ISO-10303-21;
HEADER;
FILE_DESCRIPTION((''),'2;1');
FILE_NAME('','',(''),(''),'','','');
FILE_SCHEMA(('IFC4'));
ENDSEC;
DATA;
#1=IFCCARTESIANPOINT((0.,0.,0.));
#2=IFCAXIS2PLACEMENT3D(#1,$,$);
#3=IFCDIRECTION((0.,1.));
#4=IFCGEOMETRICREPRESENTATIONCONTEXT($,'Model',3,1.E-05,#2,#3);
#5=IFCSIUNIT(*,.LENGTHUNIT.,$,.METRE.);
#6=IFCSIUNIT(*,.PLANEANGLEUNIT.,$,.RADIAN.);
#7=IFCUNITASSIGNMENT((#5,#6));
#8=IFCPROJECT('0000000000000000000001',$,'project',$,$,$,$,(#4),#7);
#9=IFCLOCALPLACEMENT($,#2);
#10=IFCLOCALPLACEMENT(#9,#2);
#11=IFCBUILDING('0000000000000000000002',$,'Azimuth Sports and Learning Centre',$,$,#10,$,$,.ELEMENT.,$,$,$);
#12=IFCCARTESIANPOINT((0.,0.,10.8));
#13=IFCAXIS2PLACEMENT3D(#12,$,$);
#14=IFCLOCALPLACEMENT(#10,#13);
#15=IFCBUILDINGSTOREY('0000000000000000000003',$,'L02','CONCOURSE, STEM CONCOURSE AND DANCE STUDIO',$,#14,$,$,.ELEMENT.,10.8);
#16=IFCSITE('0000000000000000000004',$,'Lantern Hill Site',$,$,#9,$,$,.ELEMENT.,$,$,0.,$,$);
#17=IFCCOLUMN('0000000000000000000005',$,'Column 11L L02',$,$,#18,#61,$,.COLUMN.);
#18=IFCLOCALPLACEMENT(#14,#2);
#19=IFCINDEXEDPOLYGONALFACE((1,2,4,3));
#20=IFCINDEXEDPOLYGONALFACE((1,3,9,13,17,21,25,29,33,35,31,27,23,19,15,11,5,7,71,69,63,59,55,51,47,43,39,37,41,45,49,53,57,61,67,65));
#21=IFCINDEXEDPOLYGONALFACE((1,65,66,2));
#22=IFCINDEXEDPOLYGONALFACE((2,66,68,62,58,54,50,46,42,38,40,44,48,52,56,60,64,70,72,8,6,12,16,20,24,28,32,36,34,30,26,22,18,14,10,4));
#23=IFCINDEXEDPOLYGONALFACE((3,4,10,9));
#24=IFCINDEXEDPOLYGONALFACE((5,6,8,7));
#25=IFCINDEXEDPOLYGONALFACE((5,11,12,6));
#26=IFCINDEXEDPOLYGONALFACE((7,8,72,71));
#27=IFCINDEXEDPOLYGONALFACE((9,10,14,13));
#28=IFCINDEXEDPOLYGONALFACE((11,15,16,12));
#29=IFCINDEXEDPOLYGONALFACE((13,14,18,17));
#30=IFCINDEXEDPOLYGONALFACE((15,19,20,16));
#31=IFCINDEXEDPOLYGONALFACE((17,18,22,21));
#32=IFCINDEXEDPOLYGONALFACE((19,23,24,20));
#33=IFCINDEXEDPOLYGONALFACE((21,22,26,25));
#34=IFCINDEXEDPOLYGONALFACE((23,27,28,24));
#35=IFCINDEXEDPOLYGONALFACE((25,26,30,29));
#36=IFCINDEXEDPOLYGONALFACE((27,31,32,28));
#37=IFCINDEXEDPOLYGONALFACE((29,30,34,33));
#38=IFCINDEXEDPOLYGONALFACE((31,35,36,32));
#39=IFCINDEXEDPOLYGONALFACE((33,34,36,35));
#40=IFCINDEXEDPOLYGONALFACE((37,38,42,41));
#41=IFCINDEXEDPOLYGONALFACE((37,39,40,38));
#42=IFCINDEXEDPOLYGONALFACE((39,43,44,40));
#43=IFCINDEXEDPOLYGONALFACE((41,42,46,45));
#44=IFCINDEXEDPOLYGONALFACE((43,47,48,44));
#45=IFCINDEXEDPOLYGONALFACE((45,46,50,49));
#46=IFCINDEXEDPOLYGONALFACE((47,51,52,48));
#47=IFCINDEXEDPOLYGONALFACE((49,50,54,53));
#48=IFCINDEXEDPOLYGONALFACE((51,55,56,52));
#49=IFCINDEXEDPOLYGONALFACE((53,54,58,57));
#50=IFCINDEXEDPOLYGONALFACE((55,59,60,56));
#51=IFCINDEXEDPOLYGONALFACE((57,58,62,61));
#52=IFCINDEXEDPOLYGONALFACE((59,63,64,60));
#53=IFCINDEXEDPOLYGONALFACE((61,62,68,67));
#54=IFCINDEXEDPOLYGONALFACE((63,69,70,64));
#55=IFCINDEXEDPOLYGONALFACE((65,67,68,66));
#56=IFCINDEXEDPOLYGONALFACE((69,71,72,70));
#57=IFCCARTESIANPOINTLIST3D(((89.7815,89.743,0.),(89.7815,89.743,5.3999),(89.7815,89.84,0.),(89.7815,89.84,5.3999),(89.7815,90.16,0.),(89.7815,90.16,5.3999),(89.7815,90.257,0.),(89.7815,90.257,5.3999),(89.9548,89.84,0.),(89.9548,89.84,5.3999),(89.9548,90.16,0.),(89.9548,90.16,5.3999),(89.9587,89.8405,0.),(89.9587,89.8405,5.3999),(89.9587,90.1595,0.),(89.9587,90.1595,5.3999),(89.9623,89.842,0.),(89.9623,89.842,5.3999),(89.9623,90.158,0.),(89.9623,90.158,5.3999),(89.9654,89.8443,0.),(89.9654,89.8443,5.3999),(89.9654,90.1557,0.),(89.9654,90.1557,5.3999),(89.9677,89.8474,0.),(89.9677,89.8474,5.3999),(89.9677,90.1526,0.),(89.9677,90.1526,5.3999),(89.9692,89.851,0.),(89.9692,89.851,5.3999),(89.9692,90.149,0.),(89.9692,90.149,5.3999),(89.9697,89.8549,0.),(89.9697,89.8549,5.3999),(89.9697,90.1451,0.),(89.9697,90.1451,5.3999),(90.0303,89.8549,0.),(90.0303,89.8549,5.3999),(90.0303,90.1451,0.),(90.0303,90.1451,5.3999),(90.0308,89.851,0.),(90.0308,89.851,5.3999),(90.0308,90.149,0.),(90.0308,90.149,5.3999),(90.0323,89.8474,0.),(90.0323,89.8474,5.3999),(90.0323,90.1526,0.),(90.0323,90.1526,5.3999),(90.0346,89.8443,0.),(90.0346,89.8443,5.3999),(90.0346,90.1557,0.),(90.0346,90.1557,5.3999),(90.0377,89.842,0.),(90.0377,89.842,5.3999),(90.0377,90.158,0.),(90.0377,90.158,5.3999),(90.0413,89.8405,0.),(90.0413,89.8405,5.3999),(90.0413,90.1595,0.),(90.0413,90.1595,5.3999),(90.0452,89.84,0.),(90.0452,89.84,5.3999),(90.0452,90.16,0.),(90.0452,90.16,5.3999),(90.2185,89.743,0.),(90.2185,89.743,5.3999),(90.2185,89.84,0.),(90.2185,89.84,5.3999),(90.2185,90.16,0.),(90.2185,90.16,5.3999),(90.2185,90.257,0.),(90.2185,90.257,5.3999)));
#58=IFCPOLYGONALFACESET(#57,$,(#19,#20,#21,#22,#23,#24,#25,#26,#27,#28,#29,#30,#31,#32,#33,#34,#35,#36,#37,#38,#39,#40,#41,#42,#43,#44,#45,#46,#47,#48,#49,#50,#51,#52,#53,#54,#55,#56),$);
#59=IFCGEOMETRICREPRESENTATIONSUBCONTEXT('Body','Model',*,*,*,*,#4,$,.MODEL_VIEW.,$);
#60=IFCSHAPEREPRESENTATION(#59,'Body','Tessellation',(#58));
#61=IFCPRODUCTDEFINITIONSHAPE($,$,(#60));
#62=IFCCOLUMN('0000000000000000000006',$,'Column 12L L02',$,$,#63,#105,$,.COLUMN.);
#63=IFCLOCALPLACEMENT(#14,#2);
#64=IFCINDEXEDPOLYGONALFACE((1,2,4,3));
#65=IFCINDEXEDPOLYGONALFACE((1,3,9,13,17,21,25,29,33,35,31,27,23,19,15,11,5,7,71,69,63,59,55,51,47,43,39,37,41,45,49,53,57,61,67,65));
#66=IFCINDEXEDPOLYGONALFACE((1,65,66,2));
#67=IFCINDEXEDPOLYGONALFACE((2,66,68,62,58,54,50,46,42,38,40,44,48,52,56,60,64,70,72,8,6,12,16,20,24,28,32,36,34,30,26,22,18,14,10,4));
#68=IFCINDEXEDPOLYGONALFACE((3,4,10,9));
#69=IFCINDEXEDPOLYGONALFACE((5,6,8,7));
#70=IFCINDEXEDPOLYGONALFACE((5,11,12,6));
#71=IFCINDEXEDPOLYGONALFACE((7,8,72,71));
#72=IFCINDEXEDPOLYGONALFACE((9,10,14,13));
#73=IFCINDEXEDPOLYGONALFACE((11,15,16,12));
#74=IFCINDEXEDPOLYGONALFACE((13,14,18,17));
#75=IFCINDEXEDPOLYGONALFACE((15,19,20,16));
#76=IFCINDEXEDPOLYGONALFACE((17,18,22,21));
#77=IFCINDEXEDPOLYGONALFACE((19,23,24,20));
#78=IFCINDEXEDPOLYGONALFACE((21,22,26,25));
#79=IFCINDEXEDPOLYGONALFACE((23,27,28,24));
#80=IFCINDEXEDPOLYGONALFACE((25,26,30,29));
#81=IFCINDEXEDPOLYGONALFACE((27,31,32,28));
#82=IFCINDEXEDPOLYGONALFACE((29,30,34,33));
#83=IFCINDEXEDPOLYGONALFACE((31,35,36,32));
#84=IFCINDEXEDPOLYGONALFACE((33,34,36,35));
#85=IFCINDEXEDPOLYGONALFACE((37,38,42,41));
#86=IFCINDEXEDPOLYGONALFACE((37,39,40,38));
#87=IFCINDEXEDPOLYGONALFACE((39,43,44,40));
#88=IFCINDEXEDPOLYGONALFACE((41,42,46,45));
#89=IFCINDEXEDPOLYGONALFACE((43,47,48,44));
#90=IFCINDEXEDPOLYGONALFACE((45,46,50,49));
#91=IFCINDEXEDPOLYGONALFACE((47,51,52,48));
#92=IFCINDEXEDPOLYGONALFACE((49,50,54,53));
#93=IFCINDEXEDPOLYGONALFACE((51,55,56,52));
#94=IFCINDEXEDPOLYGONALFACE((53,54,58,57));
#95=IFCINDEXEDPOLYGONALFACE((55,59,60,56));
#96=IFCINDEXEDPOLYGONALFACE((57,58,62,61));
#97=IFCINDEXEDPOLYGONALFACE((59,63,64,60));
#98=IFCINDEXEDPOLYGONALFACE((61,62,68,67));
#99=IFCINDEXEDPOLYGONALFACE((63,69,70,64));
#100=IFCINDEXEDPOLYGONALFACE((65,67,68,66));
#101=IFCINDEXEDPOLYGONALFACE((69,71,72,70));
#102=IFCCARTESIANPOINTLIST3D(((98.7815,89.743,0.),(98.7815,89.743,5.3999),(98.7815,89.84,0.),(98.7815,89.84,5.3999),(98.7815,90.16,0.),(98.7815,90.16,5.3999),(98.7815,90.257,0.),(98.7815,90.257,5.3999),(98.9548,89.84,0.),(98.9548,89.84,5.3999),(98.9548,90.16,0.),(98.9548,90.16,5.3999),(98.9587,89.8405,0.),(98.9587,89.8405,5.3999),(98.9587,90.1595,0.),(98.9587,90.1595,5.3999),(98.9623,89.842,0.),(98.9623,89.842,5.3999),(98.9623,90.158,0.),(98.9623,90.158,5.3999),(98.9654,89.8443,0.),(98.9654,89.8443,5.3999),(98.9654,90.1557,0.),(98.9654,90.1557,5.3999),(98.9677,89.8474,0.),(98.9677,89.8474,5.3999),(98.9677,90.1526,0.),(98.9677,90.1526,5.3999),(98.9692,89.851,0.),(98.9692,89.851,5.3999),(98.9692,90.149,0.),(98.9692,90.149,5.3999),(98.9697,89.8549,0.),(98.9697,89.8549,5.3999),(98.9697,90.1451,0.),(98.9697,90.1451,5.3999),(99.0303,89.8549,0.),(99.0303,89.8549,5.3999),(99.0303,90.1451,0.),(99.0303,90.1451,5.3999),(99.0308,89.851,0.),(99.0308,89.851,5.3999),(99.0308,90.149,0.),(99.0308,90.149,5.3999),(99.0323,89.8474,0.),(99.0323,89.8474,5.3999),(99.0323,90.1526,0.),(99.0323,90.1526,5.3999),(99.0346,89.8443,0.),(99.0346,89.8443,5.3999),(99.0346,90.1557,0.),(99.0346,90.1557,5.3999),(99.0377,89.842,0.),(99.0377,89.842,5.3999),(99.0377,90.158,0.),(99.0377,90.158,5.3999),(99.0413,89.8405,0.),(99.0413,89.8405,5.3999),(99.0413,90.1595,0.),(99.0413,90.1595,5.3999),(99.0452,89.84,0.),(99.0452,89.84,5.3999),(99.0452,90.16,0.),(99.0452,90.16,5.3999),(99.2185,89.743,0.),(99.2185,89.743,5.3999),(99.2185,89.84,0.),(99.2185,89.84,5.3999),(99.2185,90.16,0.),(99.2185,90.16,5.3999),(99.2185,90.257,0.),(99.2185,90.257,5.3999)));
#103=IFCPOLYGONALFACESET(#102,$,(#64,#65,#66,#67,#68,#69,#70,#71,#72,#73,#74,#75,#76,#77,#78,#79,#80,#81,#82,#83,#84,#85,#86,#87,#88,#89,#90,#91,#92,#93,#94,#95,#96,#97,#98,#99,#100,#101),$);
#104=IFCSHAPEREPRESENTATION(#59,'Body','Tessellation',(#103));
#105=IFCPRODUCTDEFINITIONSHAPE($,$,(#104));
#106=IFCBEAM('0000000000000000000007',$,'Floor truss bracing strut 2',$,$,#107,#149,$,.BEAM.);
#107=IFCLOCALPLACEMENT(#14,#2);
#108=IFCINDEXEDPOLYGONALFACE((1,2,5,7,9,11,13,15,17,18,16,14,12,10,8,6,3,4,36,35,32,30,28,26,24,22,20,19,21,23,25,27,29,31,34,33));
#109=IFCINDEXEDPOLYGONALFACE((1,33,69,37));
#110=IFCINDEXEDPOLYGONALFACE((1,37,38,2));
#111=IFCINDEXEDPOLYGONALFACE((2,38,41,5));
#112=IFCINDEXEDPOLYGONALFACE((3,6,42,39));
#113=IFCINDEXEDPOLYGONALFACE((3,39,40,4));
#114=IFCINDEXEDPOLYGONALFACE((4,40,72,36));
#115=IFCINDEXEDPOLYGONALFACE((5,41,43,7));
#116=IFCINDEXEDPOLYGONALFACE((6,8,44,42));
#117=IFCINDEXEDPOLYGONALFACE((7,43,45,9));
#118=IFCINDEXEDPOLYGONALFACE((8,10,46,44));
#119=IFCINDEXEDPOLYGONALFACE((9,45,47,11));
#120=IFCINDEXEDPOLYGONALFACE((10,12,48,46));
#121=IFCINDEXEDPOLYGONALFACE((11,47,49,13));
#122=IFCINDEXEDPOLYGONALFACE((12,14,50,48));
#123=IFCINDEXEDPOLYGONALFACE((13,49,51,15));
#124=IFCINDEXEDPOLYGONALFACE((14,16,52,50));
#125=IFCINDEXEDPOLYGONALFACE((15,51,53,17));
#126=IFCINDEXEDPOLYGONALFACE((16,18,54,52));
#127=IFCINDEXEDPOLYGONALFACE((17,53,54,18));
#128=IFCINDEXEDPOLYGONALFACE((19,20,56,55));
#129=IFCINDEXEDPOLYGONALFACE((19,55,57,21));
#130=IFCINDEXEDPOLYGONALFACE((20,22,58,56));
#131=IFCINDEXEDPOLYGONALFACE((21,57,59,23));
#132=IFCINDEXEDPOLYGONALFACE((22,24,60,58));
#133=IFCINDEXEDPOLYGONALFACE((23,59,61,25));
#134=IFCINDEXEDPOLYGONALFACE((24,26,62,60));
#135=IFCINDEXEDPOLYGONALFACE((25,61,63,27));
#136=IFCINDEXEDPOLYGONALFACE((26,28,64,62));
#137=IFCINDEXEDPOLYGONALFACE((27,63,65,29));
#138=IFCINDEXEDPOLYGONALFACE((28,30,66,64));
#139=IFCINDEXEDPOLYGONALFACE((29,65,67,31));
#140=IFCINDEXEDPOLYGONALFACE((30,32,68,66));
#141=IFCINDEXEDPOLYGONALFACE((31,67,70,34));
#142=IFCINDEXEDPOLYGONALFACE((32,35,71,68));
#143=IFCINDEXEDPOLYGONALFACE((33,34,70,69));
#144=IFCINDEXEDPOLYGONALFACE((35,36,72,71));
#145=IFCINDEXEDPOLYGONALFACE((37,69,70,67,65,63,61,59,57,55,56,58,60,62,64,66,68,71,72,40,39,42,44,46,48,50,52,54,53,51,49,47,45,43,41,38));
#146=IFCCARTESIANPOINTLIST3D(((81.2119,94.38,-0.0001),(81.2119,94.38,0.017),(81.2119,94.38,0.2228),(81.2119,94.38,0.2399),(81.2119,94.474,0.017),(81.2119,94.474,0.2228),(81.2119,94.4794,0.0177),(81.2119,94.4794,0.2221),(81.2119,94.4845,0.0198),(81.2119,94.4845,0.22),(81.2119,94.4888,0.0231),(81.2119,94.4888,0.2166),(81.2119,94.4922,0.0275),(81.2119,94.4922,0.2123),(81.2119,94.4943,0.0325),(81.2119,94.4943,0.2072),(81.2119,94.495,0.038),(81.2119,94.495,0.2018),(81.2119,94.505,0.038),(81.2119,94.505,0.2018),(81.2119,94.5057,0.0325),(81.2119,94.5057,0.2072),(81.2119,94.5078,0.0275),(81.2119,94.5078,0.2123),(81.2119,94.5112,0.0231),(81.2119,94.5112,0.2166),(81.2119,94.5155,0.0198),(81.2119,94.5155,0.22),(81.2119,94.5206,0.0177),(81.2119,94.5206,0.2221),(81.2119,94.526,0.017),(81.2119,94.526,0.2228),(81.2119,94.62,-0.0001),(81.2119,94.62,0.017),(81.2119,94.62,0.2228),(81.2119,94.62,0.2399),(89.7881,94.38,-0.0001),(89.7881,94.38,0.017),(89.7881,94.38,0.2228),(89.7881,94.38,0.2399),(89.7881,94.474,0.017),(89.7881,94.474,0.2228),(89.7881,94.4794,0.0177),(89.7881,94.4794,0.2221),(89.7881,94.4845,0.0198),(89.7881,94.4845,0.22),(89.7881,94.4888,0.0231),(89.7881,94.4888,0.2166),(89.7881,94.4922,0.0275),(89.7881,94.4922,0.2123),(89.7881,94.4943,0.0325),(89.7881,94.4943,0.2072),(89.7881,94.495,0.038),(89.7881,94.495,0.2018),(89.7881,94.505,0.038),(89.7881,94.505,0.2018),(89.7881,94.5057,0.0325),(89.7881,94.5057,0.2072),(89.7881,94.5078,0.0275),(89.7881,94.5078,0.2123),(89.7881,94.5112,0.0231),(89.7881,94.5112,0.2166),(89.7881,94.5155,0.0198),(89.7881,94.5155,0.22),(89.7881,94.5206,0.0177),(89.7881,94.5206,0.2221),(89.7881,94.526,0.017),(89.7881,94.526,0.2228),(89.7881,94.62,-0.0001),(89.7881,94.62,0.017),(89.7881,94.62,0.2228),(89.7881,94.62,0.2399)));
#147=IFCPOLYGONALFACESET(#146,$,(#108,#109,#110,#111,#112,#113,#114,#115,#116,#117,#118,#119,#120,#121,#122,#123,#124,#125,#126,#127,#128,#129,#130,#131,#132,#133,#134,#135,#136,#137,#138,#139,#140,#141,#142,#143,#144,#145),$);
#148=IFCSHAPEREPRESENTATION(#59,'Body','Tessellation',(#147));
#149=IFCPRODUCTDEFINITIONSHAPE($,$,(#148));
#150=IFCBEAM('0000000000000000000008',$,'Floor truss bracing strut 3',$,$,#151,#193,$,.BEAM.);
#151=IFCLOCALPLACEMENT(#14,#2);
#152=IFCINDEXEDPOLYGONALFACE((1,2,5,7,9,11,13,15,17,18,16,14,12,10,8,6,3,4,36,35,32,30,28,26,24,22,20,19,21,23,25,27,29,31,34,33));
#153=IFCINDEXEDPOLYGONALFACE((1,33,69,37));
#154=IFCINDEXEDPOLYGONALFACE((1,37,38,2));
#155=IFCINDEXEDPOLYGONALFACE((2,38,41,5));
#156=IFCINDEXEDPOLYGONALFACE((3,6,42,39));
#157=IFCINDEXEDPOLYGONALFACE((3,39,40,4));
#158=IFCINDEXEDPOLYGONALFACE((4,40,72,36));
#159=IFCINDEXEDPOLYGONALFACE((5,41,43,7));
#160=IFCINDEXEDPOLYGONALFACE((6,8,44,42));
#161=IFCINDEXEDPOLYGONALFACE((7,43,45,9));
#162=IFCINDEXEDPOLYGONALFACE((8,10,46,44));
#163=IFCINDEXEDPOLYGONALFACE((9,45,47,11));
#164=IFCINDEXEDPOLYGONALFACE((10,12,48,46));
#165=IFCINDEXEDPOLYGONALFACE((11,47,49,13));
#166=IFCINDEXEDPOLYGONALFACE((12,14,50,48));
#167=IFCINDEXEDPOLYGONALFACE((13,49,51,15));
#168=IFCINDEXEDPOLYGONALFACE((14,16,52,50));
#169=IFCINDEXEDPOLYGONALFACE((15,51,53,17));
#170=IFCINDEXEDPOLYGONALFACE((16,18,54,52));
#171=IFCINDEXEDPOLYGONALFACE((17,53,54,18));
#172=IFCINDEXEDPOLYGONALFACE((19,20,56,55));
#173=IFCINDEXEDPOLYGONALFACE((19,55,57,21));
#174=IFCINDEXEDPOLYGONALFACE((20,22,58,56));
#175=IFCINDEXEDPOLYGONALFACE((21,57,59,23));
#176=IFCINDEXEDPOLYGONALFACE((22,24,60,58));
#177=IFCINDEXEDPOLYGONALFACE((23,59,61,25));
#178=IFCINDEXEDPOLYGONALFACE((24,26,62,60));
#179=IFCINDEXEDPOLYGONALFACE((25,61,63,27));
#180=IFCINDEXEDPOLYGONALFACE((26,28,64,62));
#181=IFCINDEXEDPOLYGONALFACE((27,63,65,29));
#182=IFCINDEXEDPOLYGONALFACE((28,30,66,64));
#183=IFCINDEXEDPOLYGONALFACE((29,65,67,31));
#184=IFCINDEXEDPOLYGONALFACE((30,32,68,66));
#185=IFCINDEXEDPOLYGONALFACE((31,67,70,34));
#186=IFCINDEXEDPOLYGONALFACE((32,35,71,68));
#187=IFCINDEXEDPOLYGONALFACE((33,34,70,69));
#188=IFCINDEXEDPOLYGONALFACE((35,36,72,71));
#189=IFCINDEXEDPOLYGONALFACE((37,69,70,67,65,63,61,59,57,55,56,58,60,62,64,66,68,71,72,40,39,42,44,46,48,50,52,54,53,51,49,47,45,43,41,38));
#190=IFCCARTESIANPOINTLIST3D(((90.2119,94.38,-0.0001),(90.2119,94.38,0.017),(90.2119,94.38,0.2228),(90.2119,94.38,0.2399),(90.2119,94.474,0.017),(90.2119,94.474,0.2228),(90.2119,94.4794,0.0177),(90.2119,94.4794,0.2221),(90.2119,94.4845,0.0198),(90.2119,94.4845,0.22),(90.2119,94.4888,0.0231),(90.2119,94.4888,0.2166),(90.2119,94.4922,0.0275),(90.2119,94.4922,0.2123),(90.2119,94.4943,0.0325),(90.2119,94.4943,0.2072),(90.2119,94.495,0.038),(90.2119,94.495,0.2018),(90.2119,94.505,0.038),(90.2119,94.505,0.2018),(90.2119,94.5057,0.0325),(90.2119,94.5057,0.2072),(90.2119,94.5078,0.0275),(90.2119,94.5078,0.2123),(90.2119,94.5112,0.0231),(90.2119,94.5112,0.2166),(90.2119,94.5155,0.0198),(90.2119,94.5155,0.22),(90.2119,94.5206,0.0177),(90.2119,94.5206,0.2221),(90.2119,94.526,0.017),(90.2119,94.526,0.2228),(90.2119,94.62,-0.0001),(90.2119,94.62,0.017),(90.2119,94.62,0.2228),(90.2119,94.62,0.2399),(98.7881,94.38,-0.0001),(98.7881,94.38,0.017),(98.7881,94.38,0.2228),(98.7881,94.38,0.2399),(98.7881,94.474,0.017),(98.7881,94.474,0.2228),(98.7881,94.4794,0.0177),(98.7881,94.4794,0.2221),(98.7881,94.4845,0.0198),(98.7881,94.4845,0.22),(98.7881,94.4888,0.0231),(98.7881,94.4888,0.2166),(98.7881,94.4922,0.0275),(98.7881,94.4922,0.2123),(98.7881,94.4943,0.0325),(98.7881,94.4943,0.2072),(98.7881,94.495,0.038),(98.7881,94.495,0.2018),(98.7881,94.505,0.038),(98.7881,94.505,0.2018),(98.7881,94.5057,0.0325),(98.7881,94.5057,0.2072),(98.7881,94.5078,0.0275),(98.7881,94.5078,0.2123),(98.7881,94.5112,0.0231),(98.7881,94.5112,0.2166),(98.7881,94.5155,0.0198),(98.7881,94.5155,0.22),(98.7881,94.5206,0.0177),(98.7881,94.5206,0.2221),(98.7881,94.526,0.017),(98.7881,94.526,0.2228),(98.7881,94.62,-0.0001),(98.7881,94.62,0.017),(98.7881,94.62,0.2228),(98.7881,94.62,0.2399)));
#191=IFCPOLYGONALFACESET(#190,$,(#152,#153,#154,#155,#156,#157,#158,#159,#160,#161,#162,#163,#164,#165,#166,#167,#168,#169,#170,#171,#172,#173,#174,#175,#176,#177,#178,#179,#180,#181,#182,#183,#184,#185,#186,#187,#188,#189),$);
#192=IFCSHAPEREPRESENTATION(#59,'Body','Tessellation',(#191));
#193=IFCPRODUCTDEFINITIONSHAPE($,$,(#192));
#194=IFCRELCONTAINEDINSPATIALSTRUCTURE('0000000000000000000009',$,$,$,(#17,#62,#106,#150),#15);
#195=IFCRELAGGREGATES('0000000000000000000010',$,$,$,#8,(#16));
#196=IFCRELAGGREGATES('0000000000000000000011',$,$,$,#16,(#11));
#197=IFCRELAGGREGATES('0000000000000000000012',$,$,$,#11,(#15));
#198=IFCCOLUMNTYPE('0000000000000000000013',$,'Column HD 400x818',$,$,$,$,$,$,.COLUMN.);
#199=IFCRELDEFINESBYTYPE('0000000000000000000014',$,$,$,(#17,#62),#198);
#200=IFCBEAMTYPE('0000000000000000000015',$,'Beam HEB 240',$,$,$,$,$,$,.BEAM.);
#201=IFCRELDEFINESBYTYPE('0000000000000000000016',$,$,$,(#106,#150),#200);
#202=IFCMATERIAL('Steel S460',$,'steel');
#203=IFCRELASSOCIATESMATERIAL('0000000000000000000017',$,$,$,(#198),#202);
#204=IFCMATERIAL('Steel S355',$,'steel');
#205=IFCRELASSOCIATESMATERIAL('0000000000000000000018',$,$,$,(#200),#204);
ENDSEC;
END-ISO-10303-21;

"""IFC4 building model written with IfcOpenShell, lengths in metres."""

from ifc_helpers import new_model, si_unit, direction, frame, origin, origin_2d, place, context, subcontext, project, spatial, i_section, extrude, material, material_profile, profile_set, type_object, element, save


model = new_model("IFC4")

# Units and contexts
model_context = context("Model", 3, precision=1e-05, world=origin(), true_north=direction((0.0, 1.0)))
body_context = subcontext(model_context, "Body", "Model", "MODEL_VIEW")
ifc_project = project(units=[si_unit("LENGTHUNIT", "METRE"), si_unit("PLANEANGLEUNIT", "RADIAN")], contexts=[model_context])

# Site, building, storey
site_placement = place(None, origin())
site = spatial("IfcSite", under=ifc_project, at=site_placement, Name="Lantern Hill Site", CompositionType="ELEMENT", RefElevation=0.0)
building_placement = place(site_placement, origin())
building = spatial("IfcBuilding", under=site, at=building_placement, Name="Azimuth Sports and Learning Centre", CompositionType="ELEMENT")
storey_placement = place(building_placement, frame((0.0, 0.0, 10.8)))
storey = spatial("IfcBuildingStorey", under=building, at=storey_placement, Name="L02", Description="CONCOURSE, STEM CONCOURSE AND DANCE STUDIO", CompositionType="ELEMENT", Elevation=10.8)

# Columns
ifc_material_1 = material(Name="Steel S460", Category="steel")
ifc_material_profile_1 = material_profile(ifc_material_1, i_section(OverallWidth=0.437, OverallDepth=0.5139, WebThickness=0.0605, FlangeThickness=0.0969, FilletRadius=0.0149, at=origin_2d()), Name="HD 400x818")
ifc_profile_set_1 = profile_set([ifc_material_profile_1], Name="Steel S460")
column_type = type_object("IfcColumnType", Name="Column HD 400x818", PredefinedType="COLUMN", material=ifc_profile_set_1)
for number, where, z_axis, x_axis, name in (
    (1, (90.0, 90.0, 0.0), (0.0, 0.0, 1.0), (1.0, 0.0, 0.0), "Column 11L L02"),
    (2, (99.0, 90.0, 0.0), (0.0, 0.0, 1.0), (1.0, 0.0, 0.0), "Column 12L L02"),
):
    element("IfcColumn", number, at=place(storey_placement, frame(where, z_axis=z_axis, x_axis=x_axis)), inside=storey, type_object=column_type, Name=name, PredefinedType="COLUMN", context=body_context, shape_type="SweptSolid", body=[
        extrude(i_section(OverallWidth=0.437, OverallDepth=0.5139, WebThickness=0.0605, FlangeThickness=0.0969, FilletRadius=0.0149, at=origin_2d()), origin(), (0.0, 0.0, 1.0), 5.3999),
    ])

# Beams
ifc_material_2 = material(Name="Steel S355", Category="steel")
ifc_material_profile_2 = material_profile(ifc_material_2, i_section(OverallWidth=0.24, OverallDepth=0.24, WebThickness=0.01, FlangeThickness=0.0171, FilletRadius=0.021, at=origin_2d()), Name="HEB 240")
ifc_profile_set_2 = profile_set([ifc_material_profile_2], Name="Steel S355")
beam_type_1 = type_object("IfcBeamType", Name="Beam HEB 240", PredefinedType="BEAM", material=ifc_profile_set_2)
for number, where, z_axis, x_axis, name in (
    (3, (81.2119, 94.5, 0.1199), (1.0, 0.0, 0.0), (0.0, 1.0, 0.0), "Floor truss bracing strut 2"),
    (4, (90.2119, 94.5, 0.1199), (1.0, 0.0, 0.0), (0.0, 1.0, 0.0), "Floor truss bracing strut 3"),
):
    element("IfcBeam", number, at=place(storey_placement, frame(where, z_axis=z_axis, x_axis=x_axis)), inside=storey, type_object=beam_type_1, Name=name, PredefinedType="BEAM", context=body_context, shape_type="SweptSolid", body=[
        extrude(i_section(OverallWidth=0.24, OverallDepth=0.24, WebThickness=0.01, FlangeThickness=0.0171, FilletRadius=0.021, at=origin_2d()), origin(), (0.0, 0.0, 1.0), 8.5762),
    ])

save(model, "model.ifc")
